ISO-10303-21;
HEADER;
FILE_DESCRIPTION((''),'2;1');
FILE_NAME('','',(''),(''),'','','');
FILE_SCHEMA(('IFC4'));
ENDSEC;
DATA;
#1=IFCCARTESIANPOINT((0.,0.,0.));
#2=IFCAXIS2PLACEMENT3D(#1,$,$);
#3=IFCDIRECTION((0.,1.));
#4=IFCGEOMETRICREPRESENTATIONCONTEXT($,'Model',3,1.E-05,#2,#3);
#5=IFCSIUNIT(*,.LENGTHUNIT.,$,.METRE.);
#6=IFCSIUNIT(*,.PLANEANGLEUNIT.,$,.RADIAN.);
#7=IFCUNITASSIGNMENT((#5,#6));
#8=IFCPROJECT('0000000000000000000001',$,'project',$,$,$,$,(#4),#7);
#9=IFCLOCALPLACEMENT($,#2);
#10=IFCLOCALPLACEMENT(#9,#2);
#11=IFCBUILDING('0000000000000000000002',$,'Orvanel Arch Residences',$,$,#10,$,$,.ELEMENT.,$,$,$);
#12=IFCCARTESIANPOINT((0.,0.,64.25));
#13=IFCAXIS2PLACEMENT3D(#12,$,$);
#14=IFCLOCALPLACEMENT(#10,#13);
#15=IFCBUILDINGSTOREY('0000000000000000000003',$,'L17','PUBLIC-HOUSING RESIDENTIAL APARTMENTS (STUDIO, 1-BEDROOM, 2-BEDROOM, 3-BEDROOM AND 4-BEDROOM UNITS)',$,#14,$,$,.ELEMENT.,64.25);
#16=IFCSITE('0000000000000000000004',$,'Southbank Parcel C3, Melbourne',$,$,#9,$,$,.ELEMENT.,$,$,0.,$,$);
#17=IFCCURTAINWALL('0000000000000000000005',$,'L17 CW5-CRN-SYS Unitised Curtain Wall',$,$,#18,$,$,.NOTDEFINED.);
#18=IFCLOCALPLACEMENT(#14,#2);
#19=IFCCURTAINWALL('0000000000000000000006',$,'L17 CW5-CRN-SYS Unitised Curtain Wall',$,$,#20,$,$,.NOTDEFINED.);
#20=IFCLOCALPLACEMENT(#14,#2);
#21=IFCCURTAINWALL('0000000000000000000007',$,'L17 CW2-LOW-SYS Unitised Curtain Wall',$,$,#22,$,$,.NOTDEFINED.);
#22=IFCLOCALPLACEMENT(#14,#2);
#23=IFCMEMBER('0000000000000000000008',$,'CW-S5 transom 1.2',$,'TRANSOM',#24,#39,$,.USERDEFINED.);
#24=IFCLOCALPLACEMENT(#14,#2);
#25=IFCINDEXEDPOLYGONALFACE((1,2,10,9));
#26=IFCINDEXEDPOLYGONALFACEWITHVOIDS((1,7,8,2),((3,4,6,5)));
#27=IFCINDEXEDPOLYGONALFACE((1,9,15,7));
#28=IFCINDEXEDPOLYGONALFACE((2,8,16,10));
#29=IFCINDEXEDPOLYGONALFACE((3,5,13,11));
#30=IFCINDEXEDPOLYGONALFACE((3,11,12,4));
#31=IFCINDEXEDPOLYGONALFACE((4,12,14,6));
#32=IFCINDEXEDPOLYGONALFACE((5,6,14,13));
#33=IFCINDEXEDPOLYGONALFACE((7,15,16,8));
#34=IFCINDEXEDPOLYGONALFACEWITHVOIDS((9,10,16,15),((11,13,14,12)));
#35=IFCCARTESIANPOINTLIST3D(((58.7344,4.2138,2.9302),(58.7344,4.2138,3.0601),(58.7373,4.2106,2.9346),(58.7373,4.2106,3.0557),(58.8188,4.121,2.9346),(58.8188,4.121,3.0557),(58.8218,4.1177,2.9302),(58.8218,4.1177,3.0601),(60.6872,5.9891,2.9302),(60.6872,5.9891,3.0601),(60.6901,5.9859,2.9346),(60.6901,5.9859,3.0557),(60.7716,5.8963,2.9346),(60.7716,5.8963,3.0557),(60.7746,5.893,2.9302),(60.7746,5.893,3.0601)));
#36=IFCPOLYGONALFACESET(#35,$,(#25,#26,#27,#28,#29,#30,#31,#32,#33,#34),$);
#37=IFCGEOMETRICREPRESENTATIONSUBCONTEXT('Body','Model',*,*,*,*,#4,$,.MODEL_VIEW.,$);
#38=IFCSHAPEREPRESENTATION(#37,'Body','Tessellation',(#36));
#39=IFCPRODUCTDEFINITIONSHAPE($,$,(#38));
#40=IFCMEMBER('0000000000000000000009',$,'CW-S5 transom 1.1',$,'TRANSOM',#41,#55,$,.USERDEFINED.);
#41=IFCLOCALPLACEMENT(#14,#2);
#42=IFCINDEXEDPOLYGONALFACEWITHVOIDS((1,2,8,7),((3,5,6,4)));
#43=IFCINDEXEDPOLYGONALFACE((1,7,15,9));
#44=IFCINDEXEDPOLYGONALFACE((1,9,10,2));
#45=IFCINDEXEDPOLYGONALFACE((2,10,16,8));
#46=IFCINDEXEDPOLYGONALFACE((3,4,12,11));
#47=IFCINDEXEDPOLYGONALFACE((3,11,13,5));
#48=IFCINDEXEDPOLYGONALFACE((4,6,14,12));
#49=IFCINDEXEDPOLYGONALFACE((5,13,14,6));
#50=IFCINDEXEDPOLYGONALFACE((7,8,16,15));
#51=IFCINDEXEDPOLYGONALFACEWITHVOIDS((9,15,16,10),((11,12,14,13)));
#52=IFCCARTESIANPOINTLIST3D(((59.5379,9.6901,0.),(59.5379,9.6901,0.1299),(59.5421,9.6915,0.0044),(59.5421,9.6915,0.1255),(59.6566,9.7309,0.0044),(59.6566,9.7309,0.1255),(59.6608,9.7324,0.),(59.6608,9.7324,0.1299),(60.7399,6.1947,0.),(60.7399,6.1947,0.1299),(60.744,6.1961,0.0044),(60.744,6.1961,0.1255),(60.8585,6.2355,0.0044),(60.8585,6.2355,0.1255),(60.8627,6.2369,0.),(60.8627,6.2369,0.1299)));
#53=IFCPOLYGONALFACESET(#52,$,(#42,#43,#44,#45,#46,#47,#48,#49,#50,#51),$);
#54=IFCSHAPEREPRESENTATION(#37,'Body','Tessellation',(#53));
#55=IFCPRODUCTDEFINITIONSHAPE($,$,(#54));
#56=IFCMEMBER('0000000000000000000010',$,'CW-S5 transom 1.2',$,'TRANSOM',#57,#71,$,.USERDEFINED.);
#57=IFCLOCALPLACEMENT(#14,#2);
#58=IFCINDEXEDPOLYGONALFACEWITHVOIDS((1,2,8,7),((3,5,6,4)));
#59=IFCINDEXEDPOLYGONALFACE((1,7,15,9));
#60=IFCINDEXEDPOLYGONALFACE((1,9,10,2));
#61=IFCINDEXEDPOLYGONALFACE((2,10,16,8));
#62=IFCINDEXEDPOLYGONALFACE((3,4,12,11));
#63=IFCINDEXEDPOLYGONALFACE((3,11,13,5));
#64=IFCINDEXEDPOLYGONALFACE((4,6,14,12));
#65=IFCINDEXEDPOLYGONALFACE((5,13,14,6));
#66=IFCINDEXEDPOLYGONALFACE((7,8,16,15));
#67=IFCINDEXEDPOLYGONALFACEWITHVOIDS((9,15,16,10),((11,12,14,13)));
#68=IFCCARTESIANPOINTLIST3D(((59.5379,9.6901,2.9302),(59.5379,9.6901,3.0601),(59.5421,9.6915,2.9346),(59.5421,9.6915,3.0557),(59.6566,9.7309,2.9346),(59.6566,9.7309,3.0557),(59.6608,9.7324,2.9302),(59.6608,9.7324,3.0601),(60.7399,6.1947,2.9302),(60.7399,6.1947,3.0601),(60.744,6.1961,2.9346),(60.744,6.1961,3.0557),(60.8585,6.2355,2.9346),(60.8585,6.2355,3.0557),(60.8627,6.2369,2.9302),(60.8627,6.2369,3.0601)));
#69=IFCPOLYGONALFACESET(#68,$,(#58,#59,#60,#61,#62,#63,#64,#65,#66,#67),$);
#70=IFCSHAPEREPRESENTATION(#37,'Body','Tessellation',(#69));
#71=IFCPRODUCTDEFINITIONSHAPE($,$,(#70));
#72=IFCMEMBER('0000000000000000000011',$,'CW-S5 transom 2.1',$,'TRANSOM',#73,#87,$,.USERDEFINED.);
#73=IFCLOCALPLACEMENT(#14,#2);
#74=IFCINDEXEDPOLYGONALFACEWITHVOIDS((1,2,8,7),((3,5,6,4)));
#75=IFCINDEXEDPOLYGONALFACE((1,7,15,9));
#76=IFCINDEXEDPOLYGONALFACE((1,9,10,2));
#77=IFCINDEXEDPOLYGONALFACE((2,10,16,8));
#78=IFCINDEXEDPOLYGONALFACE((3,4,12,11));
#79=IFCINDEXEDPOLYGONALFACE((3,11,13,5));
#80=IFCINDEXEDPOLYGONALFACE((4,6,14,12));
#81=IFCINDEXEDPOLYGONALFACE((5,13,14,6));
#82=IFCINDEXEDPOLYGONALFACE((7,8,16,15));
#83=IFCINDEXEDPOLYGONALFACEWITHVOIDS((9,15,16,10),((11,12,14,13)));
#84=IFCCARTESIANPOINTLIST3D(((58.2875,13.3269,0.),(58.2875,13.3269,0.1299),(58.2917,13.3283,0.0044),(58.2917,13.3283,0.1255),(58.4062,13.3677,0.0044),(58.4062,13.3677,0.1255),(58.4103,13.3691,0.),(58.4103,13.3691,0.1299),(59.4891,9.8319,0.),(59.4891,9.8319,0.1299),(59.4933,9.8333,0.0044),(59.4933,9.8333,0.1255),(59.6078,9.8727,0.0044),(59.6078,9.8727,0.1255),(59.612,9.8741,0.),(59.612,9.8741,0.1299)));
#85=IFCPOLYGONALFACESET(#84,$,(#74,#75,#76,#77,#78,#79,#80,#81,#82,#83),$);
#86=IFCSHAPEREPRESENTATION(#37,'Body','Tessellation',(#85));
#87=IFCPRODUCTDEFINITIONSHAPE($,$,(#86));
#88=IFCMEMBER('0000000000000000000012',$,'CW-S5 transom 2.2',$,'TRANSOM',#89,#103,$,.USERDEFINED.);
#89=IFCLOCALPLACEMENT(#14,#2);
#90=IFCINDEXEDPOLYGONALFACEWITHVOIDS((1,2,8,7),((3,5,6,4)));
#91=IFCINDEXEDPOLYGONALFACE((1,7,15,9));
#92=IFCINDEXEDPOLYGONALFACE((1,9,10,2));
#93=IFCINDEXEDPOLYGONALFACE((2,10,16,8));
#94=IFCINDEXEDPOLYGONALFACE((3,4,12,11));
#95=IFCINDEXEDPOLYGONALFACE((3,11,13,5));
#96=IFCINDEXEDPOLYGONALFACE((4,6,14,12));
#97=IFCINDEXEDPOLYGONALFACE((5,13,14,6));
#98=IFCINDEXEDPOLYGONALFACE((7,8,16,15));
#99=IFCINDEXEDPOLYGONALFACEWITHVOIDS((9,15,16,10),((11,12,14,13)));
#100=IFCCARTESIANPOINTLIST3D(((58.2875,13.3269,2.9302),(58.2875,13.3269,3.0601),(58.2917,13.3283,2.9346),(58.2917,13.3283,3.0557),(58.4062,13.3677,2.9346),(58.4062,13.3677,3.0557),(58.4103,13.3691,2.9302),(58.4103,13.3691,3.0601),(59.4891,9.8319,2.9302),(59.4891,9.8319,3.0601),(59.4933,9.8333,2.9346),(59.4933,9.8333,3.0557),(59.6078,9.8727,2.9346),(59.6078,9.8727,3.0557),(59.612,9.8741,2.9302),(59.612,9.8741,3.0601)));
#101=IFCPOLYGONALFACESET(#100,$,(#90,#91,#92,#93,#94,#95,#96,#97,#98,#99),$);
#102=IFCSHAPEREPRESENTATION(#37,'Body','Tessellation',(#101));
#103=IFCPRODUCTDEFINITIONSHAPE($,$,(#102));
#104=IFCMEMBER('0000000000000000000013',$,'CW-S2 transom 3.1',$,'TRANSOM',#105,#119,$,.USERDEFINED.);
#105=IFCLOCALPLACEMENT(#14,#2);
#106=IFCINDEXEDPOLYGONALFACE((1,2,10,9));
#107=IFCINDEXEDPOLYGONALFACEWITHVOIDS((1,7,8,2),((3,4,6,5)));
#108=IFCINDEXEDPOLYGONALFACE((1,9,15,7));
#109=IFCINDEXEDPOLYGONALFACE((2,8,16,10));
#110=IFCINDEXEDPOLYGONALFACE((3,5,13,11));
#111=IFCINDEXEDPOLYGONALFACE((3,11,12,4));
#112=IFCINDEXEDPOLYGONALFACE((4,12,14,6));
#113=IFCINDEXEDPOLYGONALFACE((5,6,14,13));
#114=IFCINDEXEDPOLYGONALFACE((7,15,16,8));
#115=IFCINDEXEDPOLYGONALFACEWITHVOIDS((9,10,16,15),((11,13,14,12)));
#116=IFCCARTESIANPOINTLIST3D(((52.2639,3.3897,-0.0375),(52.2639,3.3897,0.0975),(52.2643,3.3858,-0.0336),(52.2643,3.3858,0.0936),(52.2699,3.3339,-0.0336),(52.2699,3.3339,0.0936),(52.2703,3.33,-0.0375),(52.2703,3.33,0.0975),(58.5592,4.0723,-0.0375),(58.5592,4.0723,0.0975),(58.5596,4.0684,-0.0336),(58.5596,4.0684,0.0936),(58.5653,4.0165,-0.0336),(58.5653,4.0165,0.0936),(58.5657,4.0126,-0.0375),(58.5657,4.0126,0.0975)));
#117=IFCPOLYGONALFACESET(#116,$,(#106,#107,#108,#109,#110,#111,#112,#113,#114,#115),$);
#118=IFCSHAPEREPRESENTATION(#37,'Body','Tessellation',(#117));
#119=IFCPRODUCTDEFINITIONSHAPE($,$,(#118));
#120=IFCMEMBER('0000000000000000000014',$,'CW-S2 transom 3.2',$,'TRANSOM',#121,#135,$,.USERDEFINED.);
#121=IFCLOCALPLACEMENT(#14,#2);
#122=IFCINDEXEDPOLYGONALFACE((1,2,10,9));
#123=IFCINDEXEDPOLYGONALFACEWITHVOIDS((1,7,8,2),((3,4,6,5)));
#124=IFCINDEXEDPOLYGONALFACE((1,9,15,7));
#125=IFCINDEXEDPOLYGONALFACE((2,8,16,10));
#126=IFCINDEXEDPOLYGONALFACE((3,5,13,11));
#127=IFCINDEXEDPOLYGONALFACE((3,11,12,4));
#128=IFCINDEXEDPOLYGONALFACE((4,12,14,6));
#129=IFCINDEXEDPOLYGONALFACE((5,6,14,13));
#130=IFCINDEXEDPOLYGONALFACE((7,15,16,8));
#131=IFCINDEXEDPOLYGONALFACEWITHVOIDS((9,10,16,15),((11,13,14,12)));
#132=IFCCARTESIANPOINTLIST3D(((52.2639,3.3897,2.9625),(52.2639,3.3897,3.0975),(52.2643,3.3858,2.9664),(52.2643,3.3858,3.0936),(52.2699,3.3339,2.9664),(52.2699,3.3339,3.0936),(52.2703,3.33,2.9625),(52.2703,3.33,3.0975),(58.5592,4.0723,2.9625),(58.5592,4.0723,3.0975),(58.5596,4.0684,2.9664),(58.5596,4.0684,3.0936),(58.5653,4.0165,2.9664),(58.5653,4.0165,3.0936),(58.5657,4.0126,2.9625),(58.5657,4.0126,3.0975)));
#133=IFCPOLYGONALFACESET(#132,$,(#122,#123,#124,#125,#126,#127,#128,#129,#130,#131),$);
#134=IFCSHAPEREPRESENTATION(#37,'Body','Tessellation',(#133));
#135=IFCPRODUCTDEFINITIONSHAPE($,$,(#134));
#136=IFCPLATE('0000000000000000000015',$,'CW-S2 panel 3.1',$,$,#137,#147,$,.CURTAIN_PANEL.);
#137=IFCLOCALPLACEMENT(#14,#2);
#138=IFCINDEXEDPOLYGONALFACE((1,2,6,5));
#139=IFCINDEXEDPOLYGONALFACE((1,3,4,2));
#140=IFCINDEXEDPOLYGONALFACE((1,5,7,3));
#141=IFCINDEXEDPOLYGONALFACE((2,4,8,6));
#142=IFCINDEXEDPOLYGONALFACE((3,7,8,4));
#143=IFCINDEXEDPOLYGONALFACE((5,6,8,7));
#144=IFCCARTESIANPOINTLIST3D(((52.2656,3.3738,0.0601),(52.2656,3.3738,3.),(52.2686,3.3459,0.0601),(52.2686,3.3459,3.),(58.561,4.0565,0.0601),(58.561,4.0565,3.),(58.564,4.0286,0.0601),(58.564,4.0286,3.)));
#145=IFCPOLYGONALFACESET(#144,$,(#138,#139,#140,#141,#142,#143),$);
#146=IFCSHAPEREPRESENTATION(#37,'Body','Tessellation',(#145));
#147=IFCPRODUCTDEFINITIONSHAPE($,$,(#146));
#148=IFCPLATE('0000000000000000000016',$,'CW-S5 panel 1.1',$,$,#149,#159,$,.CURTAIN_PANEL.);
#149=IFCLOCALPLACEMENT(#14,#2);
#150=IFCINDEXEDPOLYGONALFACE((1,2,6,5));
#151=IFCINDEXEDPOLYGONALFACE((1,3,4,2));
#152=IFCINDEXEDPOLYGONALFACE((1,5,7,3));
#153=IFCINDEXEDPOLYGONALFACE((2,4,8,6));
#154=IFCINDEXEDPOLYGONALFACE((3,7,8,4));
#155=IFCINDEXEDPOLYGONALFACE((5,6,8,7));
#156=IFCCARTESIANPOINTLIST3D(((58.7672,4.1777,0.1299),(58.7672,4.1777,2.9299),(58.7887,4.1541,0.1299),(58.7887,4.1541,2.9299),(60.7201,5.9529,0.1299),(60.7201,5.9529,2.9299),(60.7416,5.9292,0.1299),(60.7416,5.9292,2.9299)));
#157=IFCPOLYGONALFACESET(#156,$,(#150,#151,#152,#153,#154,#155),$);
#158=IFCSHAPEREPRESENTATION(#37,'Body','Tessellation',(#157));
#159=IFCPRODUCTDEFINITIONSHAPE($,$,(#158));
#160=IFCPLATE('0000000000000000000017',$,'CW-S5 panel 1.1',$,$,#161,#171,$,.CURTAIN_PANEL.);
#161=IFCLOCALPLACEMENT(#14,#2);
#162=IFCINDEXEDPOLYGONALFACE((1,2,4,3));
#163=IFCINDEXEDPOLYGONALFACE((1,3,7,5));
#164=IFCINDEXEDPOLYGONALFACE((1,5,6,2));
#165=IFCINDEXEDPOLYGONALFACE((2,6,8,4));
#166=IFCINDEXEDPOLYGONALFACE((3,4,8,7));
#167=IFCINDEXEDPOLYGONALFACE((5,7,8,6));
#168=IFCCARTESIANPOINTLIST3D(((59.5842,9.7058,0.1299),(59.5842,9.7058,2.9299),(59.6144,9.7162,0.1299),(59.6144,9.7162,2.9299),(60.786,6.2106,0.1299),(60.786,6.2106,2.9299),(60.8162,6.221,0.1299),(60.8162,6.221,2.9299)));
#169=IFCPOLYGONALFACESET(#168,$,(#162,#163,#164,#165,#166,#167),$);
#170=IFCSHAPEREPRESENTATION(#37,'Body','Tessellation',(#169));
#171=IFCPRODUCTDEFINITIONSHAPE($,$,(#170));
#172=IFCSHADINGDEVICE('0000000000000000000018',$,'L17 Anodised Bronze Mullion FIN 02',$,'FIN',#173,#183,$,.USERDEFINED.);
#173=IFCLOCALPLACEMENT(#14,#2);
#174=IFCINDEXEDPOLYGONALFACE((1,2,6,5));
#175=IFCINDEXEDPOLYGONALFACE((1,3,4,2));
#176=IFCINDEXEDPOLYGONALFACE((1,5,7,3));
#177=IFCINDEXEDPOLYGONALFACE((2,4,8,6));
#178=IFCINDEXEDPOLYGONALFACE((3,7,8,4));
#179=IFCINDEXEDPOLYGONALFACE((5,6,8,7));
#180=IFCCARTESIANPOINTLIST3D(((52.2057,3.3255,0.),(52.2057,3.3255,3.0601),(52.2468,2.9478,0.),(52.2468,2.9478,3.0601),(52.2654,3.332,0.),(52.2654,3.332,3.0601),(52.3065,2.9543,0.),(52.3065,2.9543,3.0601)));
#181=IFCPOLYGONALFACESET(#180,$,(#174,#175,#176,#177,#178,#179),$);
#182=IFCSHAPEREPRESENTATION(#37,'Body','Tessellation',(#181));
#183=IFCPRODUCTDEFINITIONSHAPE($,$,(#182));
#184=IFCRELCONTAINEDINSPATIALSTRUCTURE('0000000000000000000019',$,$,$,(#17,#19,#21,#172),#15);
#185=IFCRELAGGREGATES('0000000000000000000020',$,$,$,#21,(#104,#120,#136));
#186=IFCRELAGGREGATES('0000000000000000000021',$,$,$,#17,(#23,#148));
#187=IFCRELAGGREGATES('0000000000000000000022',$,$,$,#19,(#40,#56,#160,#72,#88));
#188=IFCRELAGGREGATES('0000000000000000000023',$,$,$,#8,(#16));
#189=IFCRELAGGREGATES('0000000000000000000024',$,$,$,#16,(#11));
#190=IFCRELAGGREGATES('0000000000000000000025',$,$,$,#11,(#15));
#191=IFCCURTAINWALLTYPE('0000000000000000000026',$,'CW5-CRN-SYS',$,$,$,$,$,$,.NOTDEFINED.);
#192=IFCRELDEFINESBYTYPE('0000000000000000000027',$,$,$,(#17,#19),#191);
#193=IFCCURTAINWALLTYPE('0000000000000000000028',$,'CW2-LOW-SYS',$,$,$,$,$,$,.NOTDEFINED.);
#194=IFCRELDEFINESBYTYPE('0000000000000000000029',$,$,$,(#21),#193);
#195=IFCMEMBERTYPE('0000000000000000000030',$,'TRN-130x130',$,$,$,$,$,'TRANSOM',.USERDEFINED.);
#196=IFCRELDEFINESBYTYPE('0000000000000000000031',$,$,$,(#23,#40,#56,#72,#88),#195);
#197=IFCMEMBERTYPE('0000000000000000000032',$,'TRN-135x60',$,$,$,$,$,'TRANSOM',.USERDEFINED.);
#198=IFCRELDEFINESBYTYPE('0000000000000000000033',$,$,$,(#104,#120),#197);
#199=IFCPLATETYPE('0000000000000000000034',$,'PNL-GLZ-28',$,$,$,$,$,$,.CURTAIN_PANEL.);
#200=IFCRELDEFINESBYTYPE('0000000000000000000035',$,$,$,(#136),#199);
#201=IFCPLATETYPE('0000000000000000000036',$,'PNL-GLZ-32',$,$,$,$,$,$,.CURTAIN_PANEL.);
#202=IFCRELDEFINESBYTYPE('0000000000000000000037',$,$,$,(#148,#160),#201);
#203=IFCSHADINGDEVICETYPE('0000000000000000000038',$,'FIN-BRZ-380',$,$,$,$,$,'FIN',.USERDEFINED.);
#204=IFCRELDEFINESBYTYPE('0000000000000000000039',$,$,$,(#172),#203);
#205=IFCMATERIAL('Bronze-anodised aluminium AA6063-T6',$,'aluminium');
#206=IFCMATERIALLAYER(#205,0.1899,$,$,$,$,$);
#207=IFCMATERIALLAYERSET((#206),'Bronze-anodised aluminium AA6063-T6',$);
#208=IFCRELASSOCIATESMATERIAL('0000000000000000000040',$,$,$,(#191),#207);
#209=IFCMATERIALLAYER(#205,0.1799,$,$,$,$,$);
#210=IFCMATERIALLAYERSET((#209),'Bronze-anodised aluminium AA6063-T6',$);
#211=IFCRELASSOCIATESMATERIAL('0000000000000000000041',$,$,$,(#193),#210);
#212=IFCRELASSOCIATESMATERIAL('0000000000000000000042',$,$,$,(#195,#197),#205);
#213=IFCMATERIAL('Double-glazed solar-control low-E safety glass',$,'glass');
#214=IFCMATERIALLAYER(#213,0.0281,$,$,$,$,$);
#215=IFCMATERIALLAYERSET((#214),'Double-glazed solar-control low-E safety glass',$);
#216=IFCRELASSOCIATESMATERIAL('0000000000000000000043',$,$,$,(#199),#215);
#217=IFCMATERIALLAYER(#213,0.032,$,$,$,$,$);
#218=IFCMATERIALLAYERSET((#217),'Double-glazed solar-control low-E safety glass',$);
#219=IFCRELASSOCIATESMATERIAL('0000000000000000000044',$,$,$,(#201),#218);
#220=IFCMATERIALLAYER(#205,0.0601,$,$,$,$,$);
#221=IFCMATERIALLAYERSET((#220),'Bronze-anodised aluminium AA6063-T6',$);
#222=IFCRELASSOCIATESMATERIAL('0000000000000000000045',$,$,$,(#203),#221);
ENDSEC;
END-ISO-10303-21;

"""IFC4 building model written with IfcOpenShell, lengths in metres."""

from ifc_helpers import new_model, si_unit, direction, frame, origin, origin_2d, place, context, subcontext, project, spatial, rectangle, hollow_rectangle, extrude, material, layer, layer_set, material_profile, profile_set, type_object, element, aggregate, save


model = new_model("IFC4")

# Units and contexts
model_context = context("Model", 3, precision=1e-05, world=origin(), true_north=direction((0.0, 1.0)))
body_context = subcontext(model_context, "Body", "Model", "MODEL_VIEW")
ifc_project = project(units=[si_unit("LENGTHUNIT", "METRE"), si_unit("PLANEANGLEUNIT", "RADIAN")], contexts=[model_context])

# Site, building, storey
site_placement = place(None, origin())
site = spatial("IfcSite", under=ifc_project, at=site_placement, Name="Southbank Parcel C3, Melbourne", CompositionType="ELEMENT", RefElevation=0.0)
building_placement = place(site_placement, origin())
building = spatial("IfcBuilding", under=site, at=building_placement, Name="Orvanel Arch Residences", CompositionType="ELEMENT")
storey_placement = place(building_placement, frame((0.0, 0.0, 64.25)))
storey = spatial("IfcBuildingStorey", under=building, at=storey_placement, Name="L17", Description="PUBLIC-HOUSING RESIDENTIAL APARTMENTS (STUDIO, 1-BEDROOM, 2-BEDROOM, 3-BEDROOM AND 4-BEDROOM UNITS)", CompositionType="ELEMENT", Elevation=64.25)

# Curtain walls
ifc_material_1 = material(Name="Bronze-anodised aluminium AA6063-T6", Category="aluminium")
ifc_layer_1 = layer(ifc_material_1, 0.1899)
ifc_layer_set_1 = layer_set([ifc_layer_1], Name="Bronze-anodised aluminium AA6063-T6")
curtain_wall_type_1 = type_object("IfcCurtainWallType", Name="CW5-CRN-SYS", PredefinedType="NOTDEFINED", material=ifc_layer_set_1)
curtain_wall_1_placement = place(storey_placement, origin())
curtain_wall_1 = element("IfcCurtainWall", 1, at=curtain_wall_1_placement, inside=storey, type_object=curtain_wall_type_1, Name="L17 CW5-CRN-SYS Unitised Curtain Wall", PredefinedType="NOTDEFINED")
curtain_wall_2_placement = place(storey_placement, origin())
curtain_wall_2 = element("IfcCurtainWall", 2, at=curtain_wall_2_placement, inside=storey, type_object=curtain_wall_type_1, Name="L17 CW5-CRN-SYS Unitised Curtain Wall", PredefinedType="NOTDEFINED")
ifc_layer_2 = layer(ifc_material_1, 0.1799)
ifc_layer_set_2 = layer_set([ifc_layer_2], Name="Bronze-anodised aluminium AA6063-T6")
curtain_wall_type_2 = type_object("IfcCurtainWallType", Name="CW2-LOW-SYS", PredefinedType="NOTDEFINED", material=ifc_layer_set_2)
curtain_wall_3_placement = place(storey_placement, origin())
curtain_wall_3 = element("IfcCurtainWall", 3, at=curtain_wall_3_placement, inside=storey, type_object=curtain_wall_type_2, Name="L17 CW2-LOW-SYS Unitised Curtain Wall", PredefinedType="NOTDEFINED")

# Members
ifc_material_profile_1 = material_profile(ifc_material_1, hollow_rectangle(XDim=0.1299, YDim=0.1299, WallThickness=0.0044, at=origin_2d()), Name="ALU130x130x4.5")
ifc_profile_set_1 = profile_set([ifc_material_profile_1], Name="Bronze-anodised aluminium AA6063-T6")
member_type_1 = type_object("IfcMemberType", Name="TRN-130x130", ElementType="TRANSOM", PredefinedType="USERDEFINED", material=ifc_profile_set_1)
member_1_placement = place(storey_placement, frame((58.7781, 4.1658, 2.9951), z_axis=(0.739932, 0.672682, 0.0), x_axis=(-0.672682, 0.739932, 0.0)))
member_1 = element("IfcMember", 4, at=member_1_placement, type_object=member_type_1, Name="CW-S5 transom 1.2", ObjectType="TRANSOM", PredefinedType="USERDEFINED", context=body_context, shape_type="SweptSolid", body=[
    extrude(hollow_rectangle(XDim=0.1299, YDim=0.1299, WallThickness=0.0044, at=origin_2d()), origin(), (0.0, 0.0, 1.0), 2.6392),
])
member_2_placement = place(storey_placement, frame((60.8013, 6.2158, 0.0649), z_axis=(-0.32517, 0.945656, 0.0), x_axis=(-0.945656, -0.32517, 0.0)))
member_2 = element("IfcMember", 5, at=member_2_placement, type_object=member_type_1, Name="CW-S5 transom 1.1", ObjectType="TRANSOM", PredefinedType="USERDEFINED", context=body_context, shape_type="SweptSolid", body=[
    extrude(hollow_rectangle(XDim=0.1299, YDim=0.1299, WallThickness=0.0044, at=origin_2d()), origin(), (0.0, 0.0, 1.0), 3.6963),
])
member_3_placement = place(storey_placement, frame((60.8013, 6.2158, 2.9951), z_axis=(-0.32517, 0.945656, 0.0), x_axis=(-0.945656, -0.32517, 0.0)))
member_3 = element("IfcMember", 6, at=member_3_placement, type_object=member_type_1, Name="CW-S5 transom 1.2", ObjectType="TRANSOM", PredefinedType="USERDEFINED", context=body_context, shape_type="SweptSolid", body=[
    extrude(hollow_rectangle(XDim=0.1299, YDim=0.1299, WallThickness=0.0044, at=origin_2d()), origin(), (0.0, 0.0, 1.0), 3.6963),
])
member_4_placement = place(storey_placement, frame((59.5505, 9.853, 0.0649), z_axis=(-0.325131, 0.945669, 0.0), x_axis=(-0.945669, -0.325131, 0.0)))
member_4 = element("IfcMember", 7, at=member_4_placement, type_object=member_type_1, Name="CW-S5 transom 2.1", ObjectType="TRANSOM", PredefinedType="USERDEFINED", context=body_context, shape_type="SweptSolid", body=[
    extrude(hollow_rectangle(XDim=0.1299, YDim=0.1299, WallThickness=0.0044, at=origin_2d()), origin(), (0.0, 0.0, 1.0), 3.6958),
])
member_5_placement = place(storey_placement, frame((59.5505, 9.853, 2.9951), z_axis=(-0.325131, 0.945669, 0.0), x_axis=(-0.945669, -0.325131, 0.0)))
member_5 = element("IfcMember", 8, at=member_5_placement, type_object=member_type_1, Name="CW-S5 transom 2.2", ObjectType="TRANSOM", PredefinedType="USERDEFINED", context=body_context, shape_type="SweptSolid", body=[
    extrude(hollow_rectangle(XDim=0.1299, YDim=0.1299, WallThickness=0.0044, at=origin_2d()), origin(), (0.0, 0.0, 1.0), 3.6958),
])
ifc_material_profile_2 = material_profile(ifc_material_1, hollow_rectangle(XDim=0.0601, YDim=0.135, WallThickness=0.0039, at=origin_2d()), Name="ALU135x60x4")
ifc_profile_set_2 = profile_set([ifc_material_profile_2], Name="Bronze-anodised aluminium AA6063-T6")
member_type_2 = type_object("IfcMemberType", Name="TRN-135x60", ElementType="TRANSOM", PredefinedType="USERDEFINED", material=ifc_profile_set_2)
member_6_placement = place(storey_placement, frame((52.2671, 3.3599, 0.03), z_axis=(0.994173, 0.107799, 0.0), x_axis=(-0.107799, 0.994173, 0.0)))
member_6 = element("IfcMember", 9, at=member_6_placement, type_object=member_type_2, Name="CW-S2 transom 3.1", ObjectType="TRANSOM", PredefinedType="USERDEFINED", context=body_context, shape_type="SweptSolid", body=[
    extrude(hollow_rectangle(XDim=0.0601, YDim=0.135, WallThickness=0.0039, at=origin_2d()), origin(), (0.0, 0.0, 1.0), 6.3323),
])
member_7_placement = place(storey_placement, frame((52.2671, 3.3599, 3.03), z_axis=(0.994173, 0.107799, 0.0), x_axis=(-0.107799, 0.994173, 0.0)))
member_7 = element("IfcMember", 10, at=member_7_placement, type_object=member_type_2, Name="CW-S2 transom 3.2", ObjectType="TRANSOM", PredefinedType="USERDEFINED", context=body_context, shape_type="SweptSolid", body=[
    extrude(hollow_rectangle(XDim=0.0601, YDim=0.135, WallThickness=0.0039, at=origin_2d()), origin(), (0.0, 0.0, 1.0), 6.3323),
])

# Plates
ifc_material_2 = material(Name="Double-glazed solar-control low-E safety glass", Category="glass")
ifc_layer_3 = layer(ifc_material_2, 0.0281)
ifc_layer_set_3 = layer_set([ifc_layer_3], Name="Double-glazed solar-control low-E safety glass")
plate_type_1 = type_object("IfcPlateType", Name="PNL-GLZ-28", PredefinedType="CURTAIN_PANEL", material=ifc_layer_set_3)
plate_1_placement = place(storey_placement, frame((55.4148, 3.7012, 0.0601), z_axis=(0.0, 0.0, 1.0), x_axis=(0.994171, 0.107811, 0.0)))
plate_1 = element("IfcPlate", 11, at=plate_1_placement, type_object=plate_type_1, Name="CW-S2 panel 3.1", PredefinedType="CURTAIN_PANEL", context=body_context, shape_type="SweptSolid", body=[
    extrude(rectangle(XDim=6.3323, YDim=0.0281, at=origin_2d()), origin(), (0.0, 0.0, 1.0), 2.9399),
])
aggregate(curtain_wall_3, [member_6, member_7, plate_1])
ifc_layer_4 = layer(ifc_material_2, 0.032)
ifc_layer_set_4 = layer_set([ifc_layer_4], Name="Double-glazed solar-control low-E safety glass")
plate_type_2 = type_object("IfcPlateType", Name="PNL-GLZ-32", PredefinedType="CURTAIN_PANEL", material=ifc_layer_set_4)
plate_2_placement = place(storey_placement, frame((59.7544, 5.0535, 0.1299), z_axis=(0.0, 0.0, 1.0), x_axis=(0.739986, 0.672622, 0.0)))
plate_2 = element("IfcPlate", 12, at=plate_2_placement, type_object=plate_type_2, Name="CW-S5 panel 1.1", PredefinedType="CURTAIN_PANEL", context=body_context, shape_type="SweptSolid", body=[
    extrude(rectangle(XDim=2.6392, YDim=0.032, at=origin_2d()), origin(), (0.0, 0.0, 1.0), 2.8),
])
aggregate(curtain_wall_1, [member_1, plate_2])
plate_3_placement = place(storey_placement, frame((60.2002, 7.9634, 0.1299), z_axis=(0.0, 0.0, 1.0), x_axis=(-0.325165, 0.945657, 0.0)))
plate_3 = element("IfcPlate", 13, at=plate_3_placement, type_object=plate_type_2, Name="CW-S5 panel 1.1", PredefinedType="CURTAIN_PANEL", context=body_context, shape_type="SweptSolid", body=[
    extrude(rectangle(XDim=3.696, YDim=0.032, at=origin_2d()), origin(), (0.0, 0.0, 1.0), 2.8),
])
aggregate(curtain_wall_2, [member_2, member_3, plate_3, member_4, member_5])

# Shading device
ifc_layer_5 = layer(ifc_material_1, 0.0601)
ifc_layer_set_5 = layer_set([ifc_layer_5], Name="Bronze-anodised aluminium AA6063-T6")
shading_device_type = type_object("IfcShadingDeviceType", Name="FIN-BRZ-380", ElementType="FIN", PredefinedType="USERDEFINED", material=ifc_layer_set_5)
shading_device_placement = place(storey_placement, frame((52.2561, 3.1399, 0.0), z_axis=(0.0, 0.0, 1.0), x_axis=(0.107999, -0.994151, 0.0)))
element("IfcShadingDevice", 14, at=shading_device_placement, inside=storey, type_object=shading_device_type, Name="L17 Anodised Bronze Mullion FIN 02", ObjectType="FIN", PredefinedType="USERDEFINED", context=body_context, shape_type="SweptSolid", body=[
    extrude(rectangle(XDim=0.3799, YDim=0.0601, at=origin_2d()), origin(), (0.0, 0.0, 1.0), 3.0601),
])

save(model, "model.ifc")
